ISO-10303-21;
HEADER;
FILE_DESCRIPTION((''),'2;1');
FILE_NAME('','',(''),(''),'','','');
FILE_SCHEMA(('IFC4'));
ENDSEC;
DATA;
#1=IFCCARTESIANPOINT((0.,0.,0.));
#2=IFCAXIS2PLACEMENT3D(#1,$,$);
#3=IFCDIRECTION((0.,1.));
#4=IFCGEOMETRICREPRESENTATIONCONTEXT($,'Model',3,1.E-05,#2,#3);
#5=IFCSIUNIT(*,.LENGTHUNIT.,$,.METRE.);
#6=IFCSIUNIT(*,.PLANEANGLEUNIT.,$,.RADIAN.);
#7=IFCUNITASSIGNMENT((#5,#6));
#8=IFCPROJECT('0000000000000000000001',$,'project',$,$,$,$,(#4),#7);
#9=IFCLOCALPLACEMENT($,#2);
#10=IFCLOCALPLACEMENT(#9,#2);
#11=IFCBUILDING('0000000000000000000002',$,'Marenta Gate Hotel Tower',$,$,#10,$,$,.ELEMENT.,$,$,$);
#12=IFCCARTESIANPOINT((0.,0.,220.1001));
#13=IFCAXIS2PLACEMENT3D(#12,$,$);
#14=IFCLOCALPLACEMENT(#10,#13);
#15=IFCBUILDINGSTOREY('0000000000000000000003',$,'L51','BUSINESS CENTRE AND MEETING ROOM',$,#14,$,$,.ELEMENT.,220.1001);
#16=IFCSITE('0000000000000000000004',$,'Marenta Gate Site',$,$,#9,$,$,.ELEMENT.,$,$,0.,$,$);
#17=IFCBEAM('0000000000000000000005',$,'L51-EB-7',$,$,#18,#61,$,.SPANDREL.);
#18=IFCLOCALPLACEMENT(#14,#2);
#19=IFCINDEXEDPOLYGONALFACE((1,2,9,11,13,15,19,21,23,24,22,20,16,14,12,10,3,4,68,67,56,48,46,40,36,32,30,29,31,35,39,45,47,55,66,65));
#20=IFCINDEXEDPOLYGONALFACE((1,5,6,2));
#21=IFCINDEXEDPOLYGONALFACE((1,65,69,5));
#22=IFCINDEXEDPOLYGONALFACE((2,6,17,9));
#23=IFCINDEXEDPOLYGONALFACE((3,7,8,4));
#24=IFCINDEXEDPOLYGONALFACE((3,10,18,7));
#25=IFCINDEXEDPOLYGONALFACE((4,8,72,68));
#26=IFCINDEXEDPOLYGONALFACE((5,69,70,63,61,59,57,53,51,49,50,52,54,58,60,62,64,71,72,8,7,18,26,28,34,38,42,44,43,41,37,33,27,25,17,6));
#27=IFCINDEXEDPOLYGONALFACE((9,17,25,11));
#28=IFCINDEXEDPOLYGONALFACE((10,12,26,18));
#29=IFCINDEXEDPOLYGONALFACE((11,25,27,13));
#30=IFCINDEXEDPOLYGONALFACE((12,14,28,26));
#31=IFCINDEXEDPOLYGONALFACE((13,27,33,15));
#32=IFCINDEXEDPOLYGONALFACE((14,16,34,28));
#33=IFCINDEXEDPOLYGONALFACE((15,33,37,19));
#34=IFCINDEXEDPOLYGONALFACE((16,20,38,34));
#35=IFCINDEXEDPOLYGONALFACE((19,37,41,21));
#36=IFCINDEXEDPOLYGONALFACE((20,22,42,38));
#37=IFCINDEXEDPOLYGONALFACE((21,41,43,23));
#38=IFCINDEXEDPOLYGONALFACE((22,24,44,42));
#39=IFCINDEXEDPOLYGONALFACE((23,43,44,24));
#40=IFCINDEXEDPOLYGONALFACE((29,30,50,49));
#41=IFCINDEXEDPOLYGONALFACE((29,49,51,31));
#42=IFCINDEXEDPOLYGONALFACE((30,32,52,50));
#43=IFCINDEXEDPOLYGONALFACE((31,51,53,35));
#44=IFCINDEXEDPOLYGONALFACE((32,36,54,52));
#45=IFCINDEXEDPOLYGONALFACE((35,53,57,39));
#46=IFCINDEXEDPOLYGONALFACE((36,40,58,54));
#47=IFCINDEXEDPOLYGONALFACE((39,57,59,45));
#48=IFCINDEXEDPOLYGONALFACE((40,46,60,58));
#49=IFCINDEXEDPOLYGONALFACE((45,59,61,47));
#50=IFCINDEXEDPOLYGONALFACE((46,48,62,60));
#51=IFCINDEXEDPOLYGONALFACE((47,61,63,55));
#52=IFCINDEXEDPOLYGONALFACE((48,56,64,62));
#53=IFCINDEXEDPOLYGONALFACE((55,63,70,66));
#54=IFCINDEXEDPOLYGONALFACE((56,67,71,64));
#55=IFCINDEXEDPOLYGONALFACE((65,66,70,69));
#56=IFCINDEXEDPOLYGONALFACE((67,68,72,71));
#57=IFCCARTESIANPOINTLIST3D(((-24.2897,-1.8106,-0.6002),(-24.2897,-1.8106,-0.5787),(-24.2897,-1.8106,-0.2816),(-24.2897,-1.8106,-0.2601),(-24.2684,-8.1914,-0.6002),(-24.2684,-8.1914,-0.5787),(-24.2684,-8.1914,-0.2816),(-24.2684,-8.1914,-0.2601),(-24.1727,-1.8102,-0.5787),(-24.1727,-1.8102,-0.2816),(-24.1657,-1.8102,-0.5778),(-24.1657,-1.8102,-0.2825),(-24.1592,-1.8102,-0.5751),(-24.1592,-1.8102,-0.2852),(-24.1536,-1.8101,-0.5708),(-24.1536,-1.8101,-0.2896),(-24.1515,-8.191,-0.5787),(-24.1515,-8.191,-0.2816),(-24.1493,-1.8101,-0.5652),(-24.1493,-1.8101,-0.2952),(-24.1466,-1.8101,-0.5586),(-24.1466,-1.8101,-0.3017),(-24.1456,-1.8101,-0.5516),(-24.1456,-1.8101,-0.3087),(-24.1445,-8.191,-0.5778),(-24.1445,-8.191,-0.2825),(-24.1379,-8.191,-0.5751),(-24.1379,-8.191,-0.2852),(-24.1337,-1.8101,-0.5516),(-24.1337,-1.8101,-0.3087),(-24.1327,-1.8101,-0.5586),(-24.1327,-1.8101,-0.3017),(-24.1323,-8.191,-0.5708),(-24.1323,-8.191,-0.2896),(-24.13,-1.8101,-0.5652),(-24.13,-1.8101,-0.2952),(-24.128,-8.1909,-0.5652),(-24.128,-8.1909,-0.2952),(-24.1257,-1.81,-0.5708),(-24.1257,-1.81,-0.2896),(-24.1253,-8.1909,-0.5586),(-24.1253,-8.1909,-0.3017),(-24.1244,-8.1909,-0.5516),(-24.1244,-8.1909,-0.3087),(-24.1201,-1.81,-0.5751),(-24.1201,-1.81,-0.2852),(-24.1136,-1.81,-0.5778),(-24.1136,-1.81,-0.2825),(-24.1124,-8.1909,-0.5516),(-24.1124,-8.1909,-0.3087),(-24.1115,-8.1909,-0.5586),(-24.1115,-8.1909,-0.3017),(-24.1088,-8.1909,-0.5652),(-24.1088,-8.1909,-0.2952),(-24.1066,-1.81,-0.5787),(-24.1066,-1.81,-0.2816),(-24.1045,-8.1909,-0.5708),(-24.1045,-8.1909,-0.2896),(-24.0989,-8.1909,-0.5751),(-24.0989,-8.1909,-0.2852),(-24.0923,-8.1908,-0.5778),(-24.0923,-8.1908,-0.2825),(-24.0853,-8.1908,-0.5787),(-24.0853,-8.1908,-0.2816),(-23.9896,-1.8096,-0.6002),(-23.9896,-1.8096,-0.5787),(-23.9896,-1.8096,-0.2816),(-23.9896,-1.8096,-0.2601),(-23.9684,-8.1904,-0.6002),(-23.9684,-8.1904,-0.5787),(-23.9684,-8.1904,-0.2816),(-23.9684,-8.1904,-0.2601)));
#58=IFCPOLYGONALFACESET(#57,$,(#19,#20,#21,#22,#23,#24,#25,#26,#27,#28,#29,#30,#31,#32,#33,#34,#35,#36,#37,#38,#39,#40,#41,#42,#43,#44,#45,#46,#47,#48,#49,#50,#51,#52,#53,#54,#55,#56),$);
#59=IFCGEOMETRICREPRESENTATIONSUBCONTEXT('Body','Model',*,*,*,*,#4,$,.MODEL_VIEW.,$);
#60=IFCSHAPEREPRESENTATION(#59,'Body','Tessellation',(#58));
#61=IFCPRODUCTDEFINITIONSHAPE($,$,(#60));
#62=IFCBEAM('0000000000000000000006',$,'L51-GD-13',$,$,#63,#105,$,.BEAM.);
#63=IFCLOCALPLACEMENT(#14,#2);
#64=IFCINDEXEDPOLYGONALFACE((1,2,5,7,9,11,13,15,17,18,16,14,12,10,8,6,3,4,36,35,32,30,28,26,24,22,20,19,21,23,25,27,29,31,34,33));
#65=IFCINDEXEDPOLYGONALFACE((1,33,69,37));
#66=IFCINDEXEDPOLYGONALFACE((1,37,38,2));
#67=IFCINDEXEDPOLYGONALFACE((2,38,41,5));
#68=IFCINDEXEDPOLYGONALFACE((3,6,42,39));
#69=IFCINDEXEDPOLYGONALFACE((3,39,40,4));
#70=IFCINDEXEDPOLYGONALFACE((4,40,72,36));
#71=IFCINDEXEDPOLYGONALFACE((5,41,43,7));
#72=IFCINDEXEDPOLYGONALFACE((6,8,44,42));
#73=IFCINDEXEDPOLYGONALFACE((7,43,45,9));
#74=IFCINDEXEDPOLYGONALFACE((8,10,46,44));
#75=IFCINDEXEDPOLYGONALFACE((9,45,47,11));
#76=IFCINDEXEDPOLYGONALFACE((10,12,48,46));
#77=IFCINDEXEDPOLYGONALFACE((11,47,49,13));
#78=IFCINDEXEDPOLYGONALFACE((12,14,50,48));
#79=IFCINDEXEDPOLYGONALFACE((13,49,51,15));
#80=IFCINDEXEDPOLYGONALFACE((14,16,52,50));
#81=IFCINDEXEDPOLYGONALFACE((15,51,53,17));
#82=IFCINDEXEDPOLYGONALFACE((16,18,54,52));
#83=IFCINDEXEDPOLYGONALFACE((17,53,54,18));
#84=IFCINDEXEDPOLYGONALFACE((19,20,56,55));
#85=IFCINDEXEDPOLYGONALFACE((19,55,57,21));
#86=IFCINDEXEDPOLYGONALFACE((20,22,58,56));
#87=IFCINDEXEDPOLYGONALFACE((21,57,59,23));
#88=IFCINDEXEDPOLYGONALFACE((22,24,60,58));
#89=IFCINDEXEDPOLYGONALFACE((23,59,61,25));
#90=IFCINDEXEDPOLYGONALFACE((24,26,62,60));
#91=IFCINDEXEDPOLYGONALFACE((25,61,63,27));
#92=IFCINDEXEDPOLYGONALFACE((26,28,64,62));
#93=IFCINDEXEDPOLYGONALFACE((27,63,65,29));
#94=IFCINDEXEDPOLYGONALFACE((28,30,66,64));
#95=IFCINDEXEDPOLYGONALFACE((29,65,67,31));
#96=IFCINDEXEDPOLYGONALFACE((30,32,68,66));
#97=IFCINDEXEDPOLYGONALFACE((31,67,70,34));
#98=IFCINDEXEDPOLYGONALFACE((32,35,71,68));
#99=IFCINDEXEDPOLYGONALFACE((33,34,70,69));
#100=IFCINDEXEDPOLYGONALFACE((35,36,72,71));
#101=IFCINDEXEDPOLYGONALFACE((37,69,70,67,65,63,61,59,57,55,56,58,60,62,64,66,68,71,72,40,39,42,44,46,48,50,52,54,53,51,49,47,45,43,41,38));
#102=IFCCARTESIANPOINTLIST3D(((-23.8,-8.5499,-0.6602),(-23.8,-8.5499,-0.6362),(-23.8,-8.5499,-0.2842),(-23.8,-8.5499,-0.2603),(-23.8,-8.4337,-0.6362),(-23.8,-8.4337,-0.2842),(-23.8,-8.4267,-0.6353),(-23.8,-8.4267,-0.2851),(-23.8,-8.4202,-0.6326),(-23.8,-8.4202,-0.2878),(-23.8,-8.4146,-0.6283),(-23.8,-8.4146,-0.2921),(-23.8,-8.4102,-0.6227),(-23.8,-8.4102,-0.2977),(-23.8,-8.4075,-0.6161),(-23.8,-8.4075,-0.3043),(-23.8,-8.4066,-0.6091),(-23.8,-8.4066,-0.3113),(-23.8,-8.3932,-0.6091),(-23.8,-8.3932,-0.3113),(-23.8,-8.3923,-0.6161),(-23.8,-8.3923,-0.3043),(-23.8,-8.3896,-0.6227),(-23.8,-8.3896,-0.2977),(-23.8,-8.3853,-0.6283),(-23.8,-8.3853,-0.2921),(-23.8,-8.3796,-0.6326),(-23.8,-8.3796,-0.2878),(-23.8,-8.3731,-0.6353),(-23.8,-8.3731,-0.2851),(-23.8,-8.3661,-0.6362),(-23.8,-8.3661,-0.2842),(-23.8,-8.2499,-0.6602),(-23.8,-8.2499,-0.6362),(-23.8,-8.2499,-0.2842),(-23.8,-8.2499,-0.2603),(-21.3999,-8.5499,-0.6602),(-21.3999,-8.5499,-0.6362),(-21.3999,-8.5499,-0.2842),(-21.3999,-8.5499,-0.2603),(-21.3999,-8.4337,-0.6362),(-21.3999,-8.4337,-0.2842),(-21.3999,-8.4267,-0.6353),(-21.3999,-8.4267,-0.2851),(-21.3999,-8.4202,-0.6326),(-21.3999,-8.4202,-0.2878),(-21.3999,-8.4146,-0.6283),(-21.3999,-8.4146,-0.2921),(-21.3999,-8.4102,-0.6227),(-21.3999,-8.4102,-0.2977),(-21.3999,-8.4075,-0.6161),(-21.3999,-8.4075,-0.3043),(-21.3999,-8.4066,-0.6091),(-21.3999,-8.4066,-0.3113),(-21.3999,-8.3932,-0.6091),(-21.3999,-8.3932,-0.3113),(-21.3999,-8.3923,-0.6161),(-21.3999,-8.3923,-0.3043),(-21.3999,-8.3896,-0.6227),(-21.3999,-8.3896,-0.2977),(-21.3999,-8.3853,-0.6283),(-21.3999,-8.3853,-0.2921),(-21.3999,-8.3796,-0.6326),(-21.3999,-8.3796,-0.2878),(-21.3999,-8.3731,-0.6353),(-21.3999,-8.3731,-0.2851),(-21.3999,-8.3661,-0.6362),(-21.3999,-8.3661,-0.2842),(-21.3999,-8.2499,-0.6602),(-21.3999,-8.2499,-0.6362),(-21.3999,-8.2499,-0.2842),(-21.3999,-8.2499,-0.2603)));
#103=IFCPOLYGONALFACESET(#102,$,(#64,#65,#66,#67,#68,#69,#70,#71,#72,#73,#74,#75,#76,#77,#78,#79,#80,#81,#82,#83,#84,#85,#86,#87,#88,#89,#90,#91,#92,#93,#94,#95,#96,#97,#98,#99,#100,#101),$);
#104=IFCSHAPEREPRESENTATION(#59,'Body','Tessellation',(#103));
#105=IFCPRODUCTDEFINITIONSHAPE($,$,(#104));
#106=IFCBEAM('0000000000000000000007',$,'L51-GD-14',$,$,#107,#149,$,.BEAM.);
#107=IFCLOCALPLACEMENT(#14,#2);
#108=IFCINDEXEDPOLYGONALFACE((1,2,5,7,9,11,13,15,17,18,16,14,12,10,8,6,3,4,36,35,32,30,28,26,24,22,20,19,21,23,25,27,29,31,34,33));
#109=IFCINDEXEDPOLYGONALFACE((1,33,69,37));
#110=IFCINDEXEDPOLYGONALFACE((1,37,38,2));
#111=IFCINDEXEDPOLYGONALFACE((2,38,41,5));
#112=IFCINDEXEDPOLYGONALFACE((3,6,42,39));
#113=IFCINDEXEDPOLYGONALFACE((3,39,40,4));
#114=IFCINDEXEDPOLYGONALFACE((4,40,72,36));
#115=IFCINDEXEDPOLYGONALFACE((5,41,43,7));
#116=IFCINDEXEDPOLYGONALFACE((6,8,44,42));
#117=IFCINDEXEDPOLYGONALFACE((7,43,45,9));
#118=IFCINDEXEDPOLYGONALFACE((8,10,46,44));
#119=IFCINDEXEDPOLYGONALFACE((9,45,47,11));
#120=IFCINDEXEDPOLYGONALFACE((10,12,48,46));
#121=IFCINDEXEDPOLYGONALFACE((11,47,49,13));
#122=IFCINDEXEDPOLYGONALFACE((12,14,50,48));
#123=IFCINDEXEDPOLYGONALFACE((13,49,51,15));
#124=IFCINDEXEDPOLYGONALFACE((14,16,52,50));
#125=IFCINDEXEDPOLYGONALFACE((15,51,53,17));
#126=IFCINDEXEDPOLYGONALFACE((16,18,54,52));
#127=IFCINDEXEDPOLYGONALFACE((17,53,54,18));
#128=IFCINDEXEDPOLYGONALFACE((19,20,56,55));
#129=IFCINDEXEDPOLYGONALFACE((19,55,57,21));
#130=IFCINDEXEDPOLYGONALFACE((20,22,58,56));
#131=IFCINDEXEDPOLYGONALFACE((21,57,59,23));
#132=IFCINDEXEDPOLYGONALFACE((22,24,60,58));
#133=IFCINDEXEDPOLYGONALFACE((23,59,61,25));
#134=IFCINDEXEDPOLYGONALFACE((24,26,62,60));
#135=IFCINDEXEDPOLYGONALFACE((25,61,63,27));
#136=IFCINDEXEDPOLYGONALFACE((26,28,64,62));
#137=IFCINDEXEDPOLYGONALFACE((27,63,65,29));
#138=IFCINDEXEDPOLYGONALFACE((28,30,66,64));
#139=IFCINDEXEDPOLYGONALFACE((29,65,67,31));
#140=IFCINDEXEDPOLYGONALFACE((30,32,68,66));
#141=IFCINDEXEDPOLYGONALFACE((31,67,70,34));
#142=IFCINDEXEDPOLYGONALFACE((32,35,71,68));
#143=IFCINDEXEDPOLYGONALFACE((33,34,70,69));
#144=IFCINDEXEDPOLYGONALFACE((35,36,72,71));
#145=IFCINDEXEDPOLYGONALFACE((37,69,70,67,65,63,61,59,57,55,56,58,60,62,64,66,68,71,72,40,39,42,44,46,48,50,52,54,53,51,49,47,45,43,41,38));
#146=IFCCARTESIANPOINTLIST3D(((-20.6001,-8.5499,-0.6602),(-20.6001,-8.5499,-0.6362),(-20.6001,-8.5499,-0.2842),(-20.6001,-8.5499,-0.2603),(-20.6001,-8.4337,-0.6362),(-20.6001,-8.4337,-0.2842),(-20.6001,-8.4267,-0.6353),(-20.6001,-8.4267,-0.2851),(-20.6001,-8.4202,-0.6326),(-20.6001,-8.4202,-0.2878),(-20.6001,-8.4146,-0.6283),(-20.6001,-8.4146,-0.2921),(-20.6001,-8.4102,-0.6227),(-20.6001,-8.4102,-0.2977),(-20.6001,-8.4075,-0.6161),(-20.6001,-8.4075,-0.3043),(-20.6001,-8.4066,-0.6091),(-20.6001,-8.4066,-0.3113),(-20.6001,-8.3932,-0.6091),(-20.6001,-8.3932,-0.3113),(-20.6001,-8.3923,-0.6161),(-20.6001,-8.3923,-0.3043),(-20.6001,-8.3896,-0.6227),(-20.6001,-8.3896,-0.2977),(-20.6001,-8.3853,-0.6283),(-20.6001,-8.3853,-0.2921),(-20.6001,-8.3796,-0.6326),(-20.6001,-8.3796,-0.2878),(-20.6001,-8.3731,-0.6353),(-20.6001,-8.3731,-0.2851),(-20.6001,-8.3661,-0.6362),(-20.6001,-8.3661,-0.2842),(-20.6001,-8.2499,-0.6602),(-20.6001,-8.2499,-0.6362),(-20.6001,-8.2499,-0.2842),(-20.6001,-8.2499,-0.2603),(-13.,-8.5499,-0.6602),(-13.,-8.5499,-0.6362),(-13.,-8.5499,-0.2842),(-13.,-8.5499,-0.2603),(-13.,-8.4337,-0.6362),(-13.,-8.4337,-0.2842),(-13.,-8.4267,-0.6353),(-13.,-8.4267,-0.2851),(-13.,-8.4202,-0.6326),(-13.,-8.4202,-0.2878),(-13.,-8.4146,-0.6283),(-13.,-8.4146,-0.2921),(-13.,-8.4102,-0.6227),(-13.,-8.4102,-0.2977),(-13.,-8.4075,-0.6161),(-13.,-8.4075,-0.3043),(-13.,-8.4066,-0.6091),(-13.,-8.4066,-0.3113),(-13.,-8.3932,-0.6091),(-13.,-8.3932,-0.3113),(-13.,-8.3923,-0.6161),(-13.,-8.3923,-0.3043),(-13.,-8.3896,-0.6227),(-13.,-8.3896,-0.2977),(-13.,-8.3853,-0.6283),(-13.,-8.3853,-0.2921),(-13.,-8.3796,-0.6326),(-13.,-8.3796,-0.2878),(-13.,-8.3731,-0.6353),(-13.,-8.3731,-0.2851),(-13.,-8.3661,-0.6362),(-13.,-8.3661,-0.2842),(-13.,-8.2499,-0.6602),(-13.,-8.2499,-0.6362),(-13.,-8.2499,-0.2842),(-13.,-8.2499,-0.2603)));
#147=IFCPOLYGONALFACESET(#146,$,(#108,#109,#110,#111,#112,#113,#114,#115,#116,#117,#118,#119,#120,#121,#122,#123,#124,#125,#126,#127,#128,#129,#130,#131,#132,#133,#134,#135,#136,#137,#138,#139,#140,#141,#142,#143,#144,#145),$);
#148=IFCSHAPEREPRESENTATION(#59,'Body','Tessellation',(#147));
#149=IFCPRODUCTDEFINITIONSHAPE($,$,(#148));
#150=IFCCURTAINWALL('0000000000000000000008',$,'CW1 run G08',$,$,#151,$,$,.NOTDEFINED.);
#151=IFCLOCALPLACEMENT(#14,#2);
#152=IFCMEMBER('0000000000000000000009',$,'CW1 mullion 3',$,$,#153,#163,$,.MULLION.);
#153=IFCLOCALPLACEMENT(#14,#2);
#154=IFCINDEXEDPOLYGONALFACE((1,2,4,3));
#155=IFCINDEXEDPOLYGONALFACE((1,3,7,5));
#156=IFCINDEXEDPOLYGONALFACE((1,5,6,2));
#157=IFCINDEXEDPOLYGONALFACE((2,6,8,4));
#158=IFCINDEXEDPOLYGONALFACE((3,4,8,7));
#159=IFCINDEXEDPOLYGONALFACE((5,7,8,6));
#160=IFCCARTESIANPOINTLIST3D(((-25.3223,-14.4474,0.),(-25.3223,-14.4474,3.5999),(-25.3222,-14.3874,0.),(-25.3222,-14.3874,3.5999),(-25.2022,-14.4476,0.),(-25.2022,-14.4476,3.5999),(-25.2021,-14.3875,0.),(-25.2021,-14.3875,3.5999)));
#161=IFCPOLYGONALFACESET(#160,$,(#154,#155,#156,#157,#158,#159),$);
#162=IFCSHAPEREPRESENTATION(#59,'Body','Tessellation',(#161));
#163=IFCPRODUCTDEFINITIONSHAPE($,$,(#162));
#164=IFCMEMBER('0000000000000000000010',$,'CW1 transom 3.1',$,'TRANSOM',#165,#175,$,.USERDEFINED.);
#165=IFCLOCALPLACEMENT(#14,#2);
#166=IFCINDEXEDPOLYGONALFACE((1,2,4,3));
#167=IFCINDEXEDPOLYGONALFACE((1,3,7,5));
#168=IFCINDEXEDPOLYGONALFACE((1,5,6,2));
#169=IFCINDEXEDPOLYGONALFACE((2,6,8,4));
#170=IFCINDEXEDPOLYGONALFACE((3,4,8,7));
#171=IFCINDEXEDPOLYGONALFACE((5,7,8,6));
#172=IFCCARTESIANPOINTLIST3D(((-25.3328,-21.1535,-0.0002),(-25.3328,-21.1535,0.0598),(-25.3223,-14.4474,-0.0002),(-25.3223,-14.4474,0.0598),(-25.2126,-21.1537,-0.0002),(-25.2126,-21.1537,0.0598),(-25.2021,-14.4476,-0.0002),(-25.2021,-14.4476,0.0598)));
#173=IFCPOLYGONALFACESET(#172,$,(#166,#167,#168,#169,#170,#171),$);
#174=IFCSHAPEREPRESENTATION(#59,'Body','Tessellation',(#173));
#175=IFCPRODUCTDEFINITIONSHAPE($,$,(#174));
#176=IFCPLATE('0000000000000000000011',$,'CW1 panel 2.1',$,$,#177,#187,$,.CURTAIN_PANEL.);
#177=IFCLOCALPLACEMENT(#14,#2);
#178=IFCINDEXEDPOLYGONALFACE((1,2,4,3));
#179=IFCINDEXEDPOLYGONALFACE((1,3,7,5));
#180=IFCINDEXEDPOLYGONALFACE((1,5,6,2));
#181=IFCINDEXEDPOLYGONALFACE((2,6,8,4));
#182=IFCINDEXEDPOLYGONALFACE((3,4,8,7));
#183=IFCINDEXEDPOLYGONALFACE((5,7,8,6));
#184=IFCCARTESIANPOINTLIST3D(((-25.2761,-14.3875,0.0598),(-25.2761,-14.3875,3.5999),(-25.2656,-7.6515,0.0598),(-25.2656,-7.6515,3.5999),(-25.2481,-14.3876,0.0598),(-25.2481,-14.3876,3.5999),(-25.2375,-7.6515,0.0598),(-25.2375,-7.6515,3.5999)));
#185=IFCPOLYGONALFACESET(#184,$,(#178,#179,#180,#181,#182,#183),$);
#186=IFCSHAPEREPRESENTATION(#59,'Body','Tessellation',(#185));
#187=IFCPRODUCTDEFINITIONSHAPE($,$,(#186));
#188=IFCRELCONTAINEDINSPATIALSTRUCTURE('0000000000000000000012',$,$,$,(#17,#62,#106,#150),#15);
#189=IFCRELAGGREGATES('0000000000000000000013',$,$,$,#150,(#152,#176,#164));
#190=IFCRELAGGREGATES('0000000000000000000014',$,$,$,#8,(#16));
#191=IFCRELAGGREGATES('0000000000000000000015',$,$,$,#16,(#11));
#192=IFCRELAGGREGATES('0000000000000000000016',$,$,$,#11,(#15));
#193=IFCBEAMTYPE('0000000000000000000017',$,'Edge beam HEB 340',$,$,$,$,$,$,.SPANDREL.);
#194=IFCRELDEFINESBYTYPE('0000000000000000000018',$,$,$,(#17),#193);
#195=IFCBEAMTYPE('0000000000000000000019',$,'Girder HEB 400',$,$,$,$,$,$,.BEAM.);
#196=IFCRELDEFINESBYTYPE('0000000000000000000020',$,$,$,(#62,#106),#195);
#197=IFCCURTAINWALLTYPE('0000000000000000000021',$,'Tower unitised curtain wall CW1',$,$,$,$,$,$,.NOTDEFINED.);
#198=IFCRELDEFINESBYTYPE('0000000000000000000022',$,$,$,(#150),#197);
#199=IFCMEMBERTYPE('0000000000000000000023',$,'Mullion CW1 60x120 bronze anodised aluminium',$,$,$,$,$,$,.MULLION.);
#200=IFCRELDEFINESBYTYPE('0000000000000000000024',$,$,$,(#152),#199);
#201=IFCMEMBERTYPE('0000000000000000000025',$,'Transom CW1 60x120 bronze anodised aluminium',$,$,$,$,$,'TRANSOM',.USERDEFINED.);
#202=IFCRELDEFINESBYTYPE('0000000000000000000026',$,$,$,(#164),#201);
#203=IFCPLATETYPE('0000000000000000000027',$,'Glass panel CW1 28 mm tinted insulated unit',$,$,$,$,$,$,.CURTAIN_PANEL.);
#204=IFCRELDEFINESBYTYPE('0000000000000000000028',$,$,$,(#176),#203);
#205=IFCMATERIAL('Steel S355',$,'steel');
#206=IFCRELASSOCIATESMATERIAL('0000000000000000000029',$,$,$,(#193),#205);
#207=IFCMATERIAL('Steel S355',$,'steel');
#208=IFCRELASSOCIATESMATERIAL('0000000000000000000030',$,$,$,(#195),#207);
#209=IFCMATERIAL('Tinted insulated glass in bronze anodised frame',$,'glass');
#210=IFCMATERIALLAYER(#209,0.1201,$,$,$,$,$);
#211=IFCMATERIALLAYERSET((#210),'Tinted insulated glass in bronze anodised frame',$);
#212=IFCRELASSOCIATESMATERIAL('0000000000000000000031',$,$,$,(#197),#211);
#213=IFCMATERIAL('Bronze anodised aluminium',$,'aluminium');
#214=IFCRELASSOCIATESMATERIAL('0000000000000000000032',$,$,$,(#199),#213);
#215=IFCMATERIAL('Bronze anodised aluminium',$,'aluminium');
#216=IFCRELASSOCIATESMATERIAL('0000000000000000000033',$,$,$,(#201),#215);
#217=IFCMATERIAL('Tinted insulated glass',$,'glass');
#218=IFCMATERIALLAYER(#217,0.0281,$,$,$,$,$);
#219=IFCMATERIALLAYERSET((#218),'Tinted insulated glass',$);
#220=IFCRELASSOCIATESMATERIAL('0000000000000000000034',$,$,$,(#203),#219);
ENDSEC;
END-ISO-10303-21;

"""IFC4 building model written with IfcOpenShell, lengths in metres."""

from ifc_helpers import new_model, si_unit, direction, frame, origin, origin_2d, place, context, subcontext, project, spatial, rectangle, i_section, extrude, material, layer, layer_set, material_profile, profile_set, type_object, element, aggregate, save


model = new_model("IFC4")

# Units and contexts
model_context = context("Model", 3, precision=1e-05, world=origin(), true_north=direction((0.0, 1.0)))
body_context = subcontext(model_context, "Body", "Model", "MODEL_VIEW")
ifc_project = project(units=[si_unit("LENGTHUNIT", "METRE"), si_unit("PLANEANGLEUNIT", "RADIAN")], contexts=[model_context])

# Site, building, storey
site_placement = place(None, origin())
site = spatial("IfcSite", under=ifc_project, at=site_placement, Name="Marenta Gate Site", CompositionType="ELEMENT", RefElevation=0.0)
building_placement = place(site_placement, origin())
building = spatial("IfcBuilding", under=site, at=building_placement, Name="Marenta Gate Hotel Tower", CompositionType="ELEMENT")
storey_placement = place(building_placement, frame((0.0, 0.0, 220.1001)))
storey = spatial("IfcBuildingStorey", under=building, at=storey_placement, Name="L51", Description="BUSINESS CENTRE AND MEETING ROOM", CompositionType="ELEMENT", Elevation=220.1001)

# Beams
ifc_material_1 = material(Name="Steel S355", Category="steel")
ifc_material_profile_1 = material_profile(ifc_material_1, i_section(OverallWidth=0.3, OverallDepth=0.3401, WebThickness=0.012, FlangeThickness=0.0215, FilletRadius=0.0271, at=origin_2d()), Name="HEB 340")
ifc_profile_set_1 = profile_set([ifc_material_profile_1], Name="Steel S355")
beam_type_1 = type_object("IfcBeamType", Name="Edge beam HEB 340", PredefinedType="SPANDREL", material=ifc_profile_set_1)
beam_1_placement = place(storey_placement, frame((-24.1184, -8.1909, -0.4302), z_axis=(-0.003329, 0.999994, 0.0), x_axis=(-0.999994, -0.003329, 0.0)))
element("IfcBeam", 1, at=beam_1_placement, inside=storey, type_object=beam_type_1, Name="L51-EB-7", PredefinedType="SPANDREL", context=body_context, shape_type="SweptSolid", body=[
    extrude(i_section(OverallWidth=0.3, OverallDepth=0.3401, WebThickness=0.012, FlangeThickness=0.0215, FilletRadius=0.0271, at=origin_2d()), origin(), (0.0, 0.0, 1.0), 6.3809),
])
ifc_material_2 = material(Name="Steel S355", Category="steel")
ifc_material_profile_2 = material_profile(ifc_material_2, i_section(OverallWidth=0.3, OverallDepth=0.3999, WebThickness=0.0134, FlangeThickness=0.0239, FilletRadius=0.0271, at=origin_2d()), Name="HEB 400")
ifc_profile_set_2 = profile_set([ifc_material_profile_2], Name="Steel S355")
beam_type_2 = type_object("IfcBeamType", Name="Girder HEB 400", PredefinedType="BEAM", material=ifc_profile_set_2)
beam_2_placement = place(storey_placement, frame((-23.8, -8.3999, -0.4602), z_axis=(1.0, 0.0, 0.0), x_axis=(0.0, 1.0, 0.0)))
element("IfcBeam", 2, at=beam_2_placement, inside=storey, type_object=beam_type_2, Name="L51-GD-13", PredefinedType="BEAM", context=body_context, shape_type="SweptSolid", body=[
    extrude(i_section(OverallWidth=0.3, OverallDepth=0.3999, WebThickness=0.0134, FlangeThickness=0.0239, FilletRadius=0.0271, at=origin_2d()), origin(), (0.0, 0.0, 1.0), 2.4001),
])
beam_3_placement = place(storey_placement, frame((-20.6001, -8.3999, -0.4602), z_axis=(1.0, 0.0, 0.0), x_axis=(0.0, 1.0, 0.0)))
element("IfcBeam", 3, at=beam_3_placement, inside=storey, type_object=beam_type_2, Name="L51-GD-14", PredefinedType="BEAM", context=body_context, shape_type="SweptSolid", body=[
    extrude(i_section(OverallWidth=0.3, OverallDepth=0.3999, WebThickness=0.0134, FlangeThickness=0.0239, FilletRadius=0.0271, at=origin_2d()), origin(), (0.0, 0.0, 1.0), 7.6001),
])

# Curtain wall, members, plate
ifc_material_3 = material(Name="Tinted insulated glass in bronze anodised frame", Category="glass")
ifc_layer_1 = layer(ifc_material_3, 0.1201)
ifc_layer_set_1 = layer_set([ifc_layer_1], Name="Tinted insulated glass in bronze anodised frame")
curtain_wall_type = type_object("IfcCurtainWallType", Name="Tower unitised curtain wall CW1", PredefinedType="NOTDEFINED", material=ifc_layer_set_1)
curtain_wall_placement = place(storey_placement, origin())
curtain_wall = element("IfcCurtainWall", 4, at=curtain_wall_placement, inside=storey, type_object=curtain_wall_type, Name="CW1 run G08", PredefinedType="NOTDEFINED")
ifc_material_4 = material(Name="Bronze anodised aluminium", Category="aluminium")
ifc_material_profile_3 = material_profile(ifc_material_4, rectangle(XDim=0.1201, YDim=0.0601, at=origin_2d()), Name="Mullion CW1 60x120 bronze anodised aluminium")
ifc_profile_set_3 = profile_set([ifc_material_profile_3], Name="Bronze anodised aluminium")
member_type_1 = type_object("IfcMemberType", Name="Mullion CW1 60x120 bronze anodised aluminium", PredefinedType="MULLION", material=ifc_profile_set_3)
member_1_placement = place(storey_placement, frame((-25.2622, -14.4175, 0.0), z_axis=(0.0, 0.0, 1.0), x_axis=(0.999999, -0.001565, 0.0)))
member_1 = element("IfcMember", 5, at=member_1_placement, type_object=member_type_1, Name="CW1 mullion 3", PredefinedType="MULLION", context=body_context, shape_type="SweptSolid", body=[
    extrude(rectangle(XDim=0.1201, YDim=0.0601, at=origin_2d()), origin(), (0.0, 0.0, 1.0), 3.5999),
])
ifc_material_5 = material(Name="Bronze anodised aluminium", Category="aluminium")
ifc_material_profile_4 = material_profile(ifc_material_5, rectangle(XDim=0.1201, YDim=0.0601, at=origin_2d()), Name="Transom CW1 60x120 bronze anodised aluminium")
ifc_profile_set_4 = profile_set([ifc_material_profile_4], Name="Bronze anodised aluminium")
member_type_2 = type_object("IfcMemberType", Name="Transom CW1 60x120 bronze anodised aluminium", ElementType="TRANSOM", PredefinedType="USERDEFINED", material=ifc_profile_set_4)
member_2_placement = place(storey_placement, frame((-25.2622, -14.4475, 0.0298), z_axis=(-0.001565, -0.999999, 0.0), x_axis=(0.999999, -0.001565, 0.0)))
member_2 = element("IfcMember", 6, at=member_2_placement, type_object=member_type_2, Name="CW1 transom 3.1", ObjectType="TRANSOM", PredefinedType="USERDEFINED", context=body_context, shape_type="SweptSolid", body=[
    extrude(rectangle(XDim=0.1201, YDim=0.0601, at=origin_2d()), origin(), (0.0, 0.0, 1.0), 6.7061),
])
ifc_material_6 = material(Name="Tinted insulated glass", Category="glass")
ifc_layer_2 = layer(ifc_material_6, 0.0281)
ifc_layer_set_2 = layer_set([ifc_layer_2], Name="Tinted insulated glass")
plate_type = type_object("IfcPlateType", Name="Glass panel CW1 28 mm tinted insulated unit", PredefinedType="CURTAIN_PANEL", material=ifc_layer_set_2)
plate_placement = place(storey_placement, frame((-25.2568, -11.0195, 0.0598), z_axis=(0.0, 0.0, 1.0), x_axis=(-0.001565, -0.999999, 0.0)))
plate = element("IfcPlate", 7, at=plate_placement, type_object=plate_type, Name="CW1 panel 2.1", PredefinedType="CURTAIN_PANEL", context=body_context, shape_type="SweptSolid", body=[
    extrude(rectangle(XDim=6.7361, YDim=0.0281, at=origin_2d()), origin(), (0.0, 0.0, 1.0), 3.54),
])
aggregate(curtain_wall, [member_1, plate, member_2])

save(model, "model.ifc")
